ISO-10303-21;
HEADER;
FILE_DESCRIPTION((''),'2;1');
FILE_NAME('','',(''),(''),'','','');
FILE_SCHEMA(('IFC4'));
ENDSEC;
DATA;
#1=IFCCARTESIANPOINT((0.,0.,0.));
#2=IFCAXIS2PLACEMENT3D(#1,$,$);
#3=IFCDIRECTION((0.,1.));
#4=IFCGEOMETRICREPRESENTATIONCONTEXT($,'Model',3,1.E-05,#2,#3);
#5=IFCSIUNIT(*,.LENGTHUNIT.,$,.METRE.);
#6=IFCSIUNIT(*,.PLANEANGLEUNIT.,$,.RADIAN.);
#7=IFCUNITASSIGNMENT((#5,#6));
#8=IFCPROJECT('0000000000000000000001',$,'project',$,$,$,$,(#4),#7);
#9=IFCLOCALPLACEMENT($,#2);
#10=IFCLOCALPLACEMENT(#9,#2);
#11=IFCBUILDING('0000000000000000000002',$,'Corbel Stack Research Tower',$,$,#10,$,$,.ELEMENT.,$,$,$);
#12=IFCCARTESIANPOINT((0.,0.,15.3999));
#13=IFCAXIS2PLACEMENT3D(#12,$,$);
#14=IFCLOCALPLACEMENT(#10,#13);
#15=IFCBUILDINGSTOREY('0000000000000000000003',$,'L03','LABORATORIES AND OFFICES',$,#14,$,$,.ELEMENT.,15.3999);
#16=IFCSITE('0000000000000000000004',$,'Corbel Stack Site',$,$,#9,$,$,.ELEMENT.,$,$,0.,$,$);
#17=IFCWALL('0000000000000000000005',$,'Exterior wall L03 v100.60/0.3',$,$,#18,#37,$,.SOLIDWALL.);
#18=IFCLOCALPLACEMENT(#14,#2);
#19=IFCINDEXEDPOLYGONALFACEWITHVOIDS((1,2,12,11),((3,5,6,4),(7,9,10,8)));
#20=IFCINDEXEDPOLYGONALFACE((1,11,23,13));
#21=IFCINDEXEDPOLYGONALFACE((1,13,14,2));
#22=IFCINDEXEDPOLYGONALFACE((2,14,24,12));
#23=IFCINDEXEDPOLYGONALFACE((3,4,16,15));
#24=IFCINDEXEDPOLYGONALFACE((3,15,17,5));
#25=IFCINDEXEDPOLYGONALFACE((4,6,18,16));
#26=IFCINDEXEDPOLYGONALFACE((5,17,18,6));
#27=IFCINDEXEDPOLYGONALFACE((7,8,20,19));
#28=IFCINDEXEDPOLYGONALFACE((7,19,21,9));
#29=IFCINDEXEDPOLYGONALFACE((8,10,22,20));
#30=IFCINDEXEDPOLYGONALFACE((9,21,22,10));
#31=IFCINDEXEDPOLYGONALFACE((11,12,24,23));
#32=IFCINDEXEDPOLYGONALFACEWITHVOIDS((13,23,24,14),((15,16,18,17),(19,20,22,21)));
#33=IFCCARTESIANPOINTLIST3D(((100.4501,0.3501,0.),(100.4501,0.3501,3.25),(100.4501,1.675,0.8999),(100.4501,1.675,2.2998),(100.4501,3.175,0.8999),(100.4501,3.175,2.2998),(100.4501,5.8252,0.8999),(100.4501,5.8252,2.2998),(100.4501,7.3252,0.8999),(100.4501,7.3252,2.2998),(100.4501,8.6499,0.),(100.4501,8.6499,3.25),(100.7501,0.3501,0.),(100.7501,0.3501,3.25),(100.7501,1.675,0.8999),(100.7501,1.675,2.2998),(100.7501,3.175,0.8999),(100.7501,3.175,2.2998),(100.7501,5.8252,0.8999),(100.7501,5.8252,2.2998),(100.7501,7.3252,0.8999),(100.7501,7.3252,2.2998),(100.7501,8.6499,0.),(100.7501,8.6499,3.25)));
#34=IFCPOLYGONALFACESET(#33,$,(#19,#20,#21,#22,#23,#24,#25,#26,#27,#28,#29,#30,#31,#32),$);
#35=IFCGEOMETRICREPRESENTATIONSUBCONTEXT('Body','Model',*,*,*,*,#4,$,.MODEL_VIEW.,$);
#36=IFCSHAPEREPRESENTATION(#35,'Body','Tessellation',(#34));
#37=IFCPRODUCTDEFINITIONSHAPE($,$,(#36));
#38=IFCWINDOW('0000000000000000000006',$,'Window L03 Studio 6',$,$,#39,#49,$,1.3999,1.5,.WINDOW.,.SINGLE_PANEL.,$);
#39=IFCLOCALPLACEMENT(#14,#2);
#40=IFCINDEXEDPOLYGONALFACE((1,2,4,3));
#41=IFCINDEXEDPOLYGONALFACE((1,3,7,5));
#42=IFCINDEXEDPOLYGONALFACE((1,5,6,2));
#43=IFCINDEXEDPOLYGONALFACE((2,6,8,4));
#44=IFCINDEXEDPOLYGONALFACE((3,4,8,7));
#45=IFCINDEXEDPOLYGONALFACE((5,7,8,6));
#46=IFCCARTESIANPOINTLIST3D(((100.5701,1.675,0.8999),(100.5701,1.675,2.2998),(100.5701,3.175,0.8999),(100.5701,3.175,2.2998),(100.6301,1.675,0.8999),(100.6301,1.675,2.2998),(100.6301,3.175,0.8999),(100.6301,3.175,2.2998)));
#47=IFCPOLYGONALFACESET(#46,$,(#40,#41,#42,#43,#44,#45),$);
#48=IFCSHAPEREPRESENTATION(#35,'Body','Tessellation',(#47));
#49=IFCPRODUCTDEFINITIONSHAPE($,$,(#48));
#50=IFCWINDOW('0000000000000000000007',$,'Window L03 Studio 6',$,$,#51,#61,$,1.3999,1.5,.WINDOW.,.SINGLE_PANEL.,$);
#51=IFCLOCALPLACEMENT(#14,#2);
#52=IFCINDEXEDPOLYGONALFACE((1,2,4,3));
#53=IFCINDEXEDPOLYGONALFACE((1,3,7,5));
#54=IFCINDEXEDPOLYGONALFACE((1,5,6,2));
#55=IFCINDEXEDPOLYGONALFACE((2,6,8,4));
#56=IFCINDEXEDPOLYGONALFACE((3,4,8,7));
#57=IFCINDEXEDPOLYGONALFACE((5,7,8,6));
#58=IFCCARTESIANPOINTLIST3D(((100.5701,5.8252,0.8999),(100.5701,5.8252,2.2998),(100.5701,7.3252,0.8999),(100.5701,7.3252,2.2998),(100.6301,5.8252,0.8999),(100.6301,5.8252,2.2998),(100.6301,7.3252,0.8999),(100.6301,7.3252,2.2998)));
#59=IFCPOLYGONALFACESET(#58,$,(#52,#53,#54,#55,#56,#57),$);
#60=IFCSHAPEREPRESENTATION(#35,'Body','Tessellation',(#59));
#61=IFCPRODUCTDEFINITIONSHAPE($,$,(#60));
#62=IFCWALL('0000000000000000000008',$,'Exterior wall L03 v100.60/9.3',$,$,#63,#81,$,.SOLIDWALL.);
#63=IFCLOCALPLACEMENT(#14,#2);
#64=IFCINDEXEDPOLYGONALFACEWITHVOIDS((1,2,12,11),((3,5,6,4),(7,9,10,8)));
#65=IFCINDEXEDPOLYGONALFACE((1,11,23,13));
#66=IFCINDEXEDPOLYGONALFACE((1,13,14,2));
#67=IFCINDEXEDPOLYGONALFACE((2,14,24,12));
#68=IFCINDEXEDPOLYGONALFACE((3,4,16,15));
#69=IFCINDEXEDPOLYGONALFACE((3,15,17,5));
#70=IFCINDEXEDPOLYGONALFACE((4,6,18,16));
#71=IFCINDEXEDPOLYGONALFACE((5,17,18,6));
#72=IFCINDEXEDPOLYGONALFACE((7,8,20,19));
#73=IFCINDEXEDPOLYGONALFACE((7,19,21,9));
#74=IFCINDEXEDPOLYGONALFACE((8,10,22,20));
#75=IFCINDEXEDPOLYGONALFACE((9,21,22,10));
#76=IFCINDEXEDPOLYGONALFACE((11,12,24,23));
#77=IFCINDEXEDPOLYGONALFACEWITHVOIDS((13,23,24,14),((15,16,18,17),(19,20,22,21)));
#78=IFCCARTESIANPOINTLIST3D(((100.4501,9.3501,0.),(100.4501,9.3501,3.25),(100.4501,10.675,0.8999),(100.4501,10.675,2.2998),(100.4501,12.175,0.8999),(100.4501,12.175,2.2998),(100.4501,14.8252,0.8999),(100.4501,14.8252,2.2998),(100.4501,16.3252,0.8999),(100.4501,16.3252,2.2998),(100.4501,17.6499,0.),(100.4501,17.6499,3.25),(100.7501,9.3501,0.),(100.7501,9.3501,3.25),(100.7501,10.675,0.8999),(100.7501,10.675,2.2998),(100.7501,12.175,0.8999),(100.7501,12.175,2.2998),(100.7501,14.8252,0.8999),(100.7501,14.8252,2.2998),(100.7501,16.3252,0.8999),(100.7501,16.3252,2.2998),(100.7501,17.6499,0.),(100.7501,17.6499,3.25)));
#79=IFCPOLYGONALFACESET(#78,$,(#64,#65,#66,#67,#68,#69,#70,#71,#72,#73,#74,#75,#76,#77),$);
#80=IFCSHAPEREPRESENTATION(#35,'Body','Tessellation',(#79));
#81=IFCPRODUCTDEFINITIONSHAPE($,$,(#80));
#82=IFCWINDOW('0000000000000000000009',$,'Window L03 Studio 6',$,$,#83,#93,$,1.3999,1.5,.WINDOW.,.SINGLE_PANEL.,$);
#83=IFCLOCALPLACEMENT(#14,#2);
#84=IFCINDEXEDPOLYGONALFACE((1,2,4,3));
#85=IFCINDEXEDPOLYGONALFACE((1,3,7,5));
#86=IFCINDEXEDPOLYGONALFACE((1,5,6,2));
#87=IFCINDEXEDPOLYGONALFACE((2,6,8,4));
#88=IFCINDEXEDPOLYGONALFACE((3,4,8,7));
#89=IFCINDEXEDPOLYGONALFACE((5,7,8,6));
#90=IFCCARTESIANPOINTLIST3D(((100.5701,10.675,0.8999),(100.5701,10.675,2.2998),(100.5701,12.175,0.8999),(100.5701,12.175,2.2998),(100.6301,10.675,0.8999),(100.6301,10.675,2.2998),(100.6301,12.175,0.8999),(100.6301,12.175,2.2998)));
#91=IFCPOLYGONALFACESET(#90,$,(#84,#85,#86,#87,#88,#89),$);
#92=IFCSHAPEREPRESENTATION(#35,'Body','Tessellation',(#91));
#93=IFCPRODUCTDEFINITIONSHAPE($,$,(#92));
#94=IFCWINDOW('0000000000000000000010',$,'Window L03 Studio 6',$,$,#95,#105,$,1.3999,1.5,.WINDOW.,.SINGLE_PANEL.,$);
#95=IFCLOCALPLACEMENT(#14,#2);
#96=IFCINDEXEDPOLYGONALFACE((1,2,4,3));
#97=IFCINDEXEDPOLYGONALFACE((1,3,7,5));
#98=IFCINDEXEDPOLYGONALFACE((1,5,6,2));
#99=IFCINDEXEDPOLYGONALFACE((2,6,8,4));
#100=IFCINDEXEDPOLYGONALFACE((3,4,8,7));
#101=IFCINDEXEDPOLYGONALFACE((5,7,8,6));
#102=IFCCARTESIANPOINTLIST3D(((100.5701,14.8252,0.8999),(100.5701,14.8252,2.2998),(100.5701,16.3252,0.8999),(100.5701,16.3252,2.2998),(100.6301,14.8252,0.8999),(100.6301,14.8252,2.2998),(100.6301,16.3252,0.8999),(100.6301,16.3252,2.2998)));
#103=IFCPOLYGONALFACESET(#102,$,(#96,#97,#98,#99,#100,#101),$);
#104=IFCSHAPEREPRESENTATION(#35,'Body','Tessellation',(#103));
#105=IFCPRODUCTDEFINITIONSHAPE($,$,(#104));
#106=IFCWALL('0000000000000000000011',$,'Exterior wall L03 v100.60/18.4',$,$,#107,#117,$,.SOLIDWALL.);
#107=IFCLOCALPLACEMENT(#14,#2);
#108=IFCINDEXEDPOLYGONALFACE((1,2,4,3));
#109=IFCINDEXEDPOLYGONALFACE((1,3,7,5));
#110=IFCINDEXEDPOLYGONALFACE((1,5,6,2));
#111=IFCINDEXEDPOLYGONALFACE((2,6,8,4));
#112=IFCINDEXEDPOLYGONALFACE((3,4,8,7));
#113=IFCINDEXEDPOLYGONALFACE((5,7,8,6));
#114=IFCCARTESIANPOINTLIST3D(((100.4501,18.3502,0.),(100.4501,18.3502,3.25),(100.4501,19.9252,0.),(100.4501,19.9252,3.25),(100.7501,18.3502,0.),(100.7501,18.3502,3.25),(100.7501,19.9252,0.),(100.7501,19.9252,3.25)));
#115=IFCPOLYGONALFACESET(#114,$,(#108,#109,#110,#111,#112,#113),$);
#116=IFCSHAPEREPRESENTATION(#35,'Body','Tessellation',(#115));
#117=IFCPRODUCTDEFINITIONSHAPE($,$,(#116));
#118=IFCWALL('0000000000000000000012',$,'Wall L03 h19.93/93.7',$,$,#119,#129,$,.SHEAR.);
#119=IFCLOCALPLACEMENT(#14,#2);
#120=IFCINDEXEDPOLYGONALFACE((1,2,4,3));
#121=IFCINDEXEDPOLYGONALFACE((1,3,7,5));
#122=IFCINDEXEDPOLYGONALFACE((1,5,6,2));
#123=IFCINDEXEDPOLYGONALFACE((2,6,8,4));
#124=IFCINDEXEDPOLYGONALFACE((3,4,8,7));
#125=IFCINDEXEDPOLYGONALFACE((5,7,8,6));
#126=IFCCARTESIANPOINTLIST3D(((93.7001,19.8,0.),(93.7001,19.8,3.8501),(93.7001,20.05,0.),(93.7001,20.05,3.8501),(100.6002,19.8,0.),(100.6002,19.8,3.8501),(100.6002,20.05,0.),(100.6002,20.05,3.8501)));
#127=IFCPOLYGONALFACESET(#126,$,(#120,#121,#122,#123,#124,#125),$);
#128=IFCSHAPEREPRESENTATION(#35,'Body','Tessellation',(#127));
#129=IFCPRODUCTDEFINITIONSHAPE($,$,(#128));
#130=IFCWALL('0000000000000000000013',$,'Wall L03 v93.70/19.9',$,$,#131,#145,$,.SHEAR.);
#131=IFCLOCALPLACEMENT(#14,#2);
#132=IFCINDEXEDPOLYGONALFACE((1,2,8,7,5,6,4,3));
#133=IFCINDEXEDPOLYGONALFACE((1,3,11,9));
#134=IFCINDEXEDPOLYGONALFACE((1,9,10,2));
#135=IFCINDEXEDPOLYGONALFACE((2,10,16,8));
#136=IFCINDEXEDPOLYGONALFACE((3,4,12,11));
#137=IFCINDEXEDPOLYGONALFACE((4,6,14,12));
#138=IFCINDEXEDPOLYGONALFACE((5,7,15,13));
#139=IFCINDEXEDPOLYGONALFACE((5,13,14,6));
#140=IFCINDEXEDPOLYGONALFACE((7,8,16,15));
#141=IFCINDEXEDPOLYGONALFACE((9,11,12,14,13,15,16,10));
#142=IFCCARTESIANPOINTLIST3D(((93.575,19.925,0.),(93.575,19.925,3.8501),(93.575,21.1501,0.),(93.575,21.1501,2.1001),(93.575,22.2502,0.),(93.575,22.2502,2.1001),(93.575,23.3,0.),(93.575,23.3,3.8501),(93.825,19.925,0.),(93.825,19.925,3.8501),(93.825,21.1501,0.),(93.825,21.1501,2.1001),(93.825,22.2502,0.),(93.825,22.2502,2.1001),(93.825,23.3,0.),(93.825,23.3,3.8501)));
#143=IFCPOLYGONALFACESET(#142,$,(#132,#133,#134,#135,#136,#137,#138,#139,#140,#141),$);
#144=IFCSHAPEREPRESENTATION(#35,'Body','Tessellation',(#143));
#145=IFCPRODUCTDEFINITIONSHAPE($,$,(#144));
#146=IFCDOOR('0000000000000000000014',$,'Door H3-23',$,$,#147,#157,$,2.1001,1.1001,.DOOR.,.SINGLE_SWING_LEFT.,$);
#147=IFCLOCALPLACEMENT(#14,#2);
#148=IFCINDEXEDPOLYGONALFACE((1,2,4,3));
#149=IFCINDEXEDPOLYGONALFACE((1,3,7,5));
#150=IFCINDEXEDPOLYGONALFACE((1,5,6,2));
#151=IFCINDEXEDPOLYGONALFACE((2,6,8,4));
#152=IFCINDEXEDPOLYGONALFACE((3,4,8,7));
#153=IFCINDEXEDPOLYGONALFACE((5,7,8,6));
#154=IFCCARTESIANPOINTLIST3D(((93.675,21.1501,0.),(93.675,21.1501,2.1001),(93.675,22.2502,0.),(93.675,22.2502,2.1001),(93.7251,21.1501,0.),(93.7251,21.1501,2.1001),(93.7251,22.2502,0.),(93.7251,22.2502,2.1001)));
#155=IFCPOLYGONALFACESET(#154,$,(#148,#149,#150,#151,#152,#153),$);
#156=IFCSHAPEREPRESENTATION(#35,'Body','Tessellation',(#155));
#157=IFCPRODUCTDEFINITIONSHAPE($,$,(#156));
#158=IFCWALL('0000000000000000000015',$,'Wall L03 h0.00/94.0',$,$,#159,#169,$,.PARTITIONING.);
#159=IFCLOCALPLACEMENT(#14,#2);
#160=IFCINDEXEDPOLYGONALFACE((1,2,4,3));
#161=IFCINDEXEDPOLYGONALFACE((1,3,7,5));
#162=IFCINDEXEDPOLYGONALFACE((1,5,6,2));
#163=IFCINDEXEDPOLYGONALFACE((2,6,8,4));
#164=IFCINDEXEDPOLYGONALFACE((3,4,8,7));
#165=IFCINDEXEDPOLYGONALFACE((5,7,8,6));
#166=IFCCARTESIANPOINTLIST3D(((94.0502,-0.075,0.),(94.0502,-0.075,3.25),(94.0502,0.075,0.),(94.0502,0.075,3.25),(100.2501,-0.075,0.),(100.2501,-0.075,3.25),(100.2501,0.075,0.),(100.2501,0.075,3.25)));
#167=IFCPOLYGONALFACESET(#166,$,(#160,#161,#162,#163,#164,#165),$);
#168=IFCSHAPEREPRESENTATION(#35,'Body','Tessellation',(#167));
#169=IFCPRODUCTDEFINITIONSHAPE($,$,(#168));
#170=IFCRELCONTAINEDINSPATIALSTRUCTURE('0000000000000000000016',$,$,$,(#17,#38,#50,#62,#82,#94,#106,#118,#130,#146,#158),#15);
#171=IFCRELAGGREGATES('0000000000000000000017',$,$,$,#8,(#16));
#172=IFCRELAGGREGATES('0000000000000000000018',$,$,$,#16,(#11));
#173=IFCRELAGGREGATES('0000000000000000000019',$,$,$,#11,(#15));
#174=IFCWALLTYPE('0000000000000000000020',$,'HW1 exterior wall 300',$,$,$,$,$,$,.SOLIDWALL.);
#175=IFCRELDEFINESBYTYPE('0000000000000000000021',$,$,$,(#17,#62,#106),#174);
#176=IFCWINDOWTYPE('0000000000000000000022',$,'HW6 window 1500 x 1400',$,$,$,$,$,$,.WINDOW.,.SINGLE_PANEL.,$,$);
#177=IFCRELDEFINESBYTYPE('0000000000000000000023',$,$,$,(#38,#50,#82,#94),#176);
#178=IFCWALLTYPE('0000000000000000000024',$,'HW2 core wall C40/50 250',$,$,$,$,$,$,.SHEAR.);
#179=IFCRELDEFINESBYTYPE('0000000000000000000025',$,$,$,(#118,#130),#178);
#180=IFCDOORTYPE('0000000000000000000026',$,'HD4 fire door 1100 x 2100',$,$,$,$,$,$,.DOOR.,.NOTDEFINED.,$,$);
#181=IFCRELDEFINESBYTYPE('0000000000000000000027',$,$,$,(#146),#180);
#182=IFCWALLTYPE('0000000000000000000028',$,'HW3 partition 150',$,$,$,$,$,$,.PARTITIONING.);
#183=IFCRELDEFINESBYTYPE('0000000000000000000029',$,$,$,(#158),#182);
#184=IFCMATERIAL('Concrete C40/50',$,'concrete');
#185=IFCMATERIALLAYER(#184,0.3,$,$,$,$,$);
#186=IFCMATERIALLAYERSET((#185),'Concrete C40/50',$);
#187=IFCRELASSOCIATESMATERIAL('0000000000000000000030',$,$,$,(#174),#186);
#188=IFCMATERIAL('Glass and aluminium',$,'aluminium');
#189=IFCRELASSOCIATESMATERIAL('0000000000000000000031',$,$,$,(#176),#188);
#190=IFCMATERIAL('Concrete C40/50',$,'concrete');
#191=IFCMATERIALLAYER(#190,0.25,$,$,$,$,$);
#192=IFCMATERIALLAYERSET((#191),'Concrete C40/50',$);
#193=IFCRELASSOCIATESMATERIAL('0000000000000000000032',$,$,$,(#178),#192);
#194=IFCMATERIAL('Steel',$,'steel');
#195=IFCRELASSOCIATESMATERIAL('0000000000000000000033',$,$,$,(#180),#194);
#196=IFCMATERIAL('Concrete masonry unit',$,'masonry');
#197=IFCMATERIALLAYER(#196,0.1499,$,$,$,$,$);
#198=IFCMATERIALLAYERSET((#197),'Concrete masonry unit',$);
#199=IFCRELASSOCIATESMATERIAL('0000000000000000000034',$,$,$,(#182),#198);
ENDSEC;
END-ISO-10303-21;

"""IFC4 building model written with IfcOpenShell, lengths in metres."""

from ifc_helpers import new_model, si_unit, direction, frame, frame_2d, origin, place, context, subcontext, project, spatial, rectangle, extrude, material, layer, layer_set, type_object, element, fill, save


model = new_model("IFC4")

# Units and contexts
model_context = context("Model", 3, precision=1e-05, world=origin(), true_north=direction((0.0, 1.0)))
body_context = subcontext(model_context, "Body", "Model", "MODEL_VIEW")
ifc_project = project(units=[si_unit("LENGTHUNIT", "METRE"), si_unit("PLANEANGLEUNIT", "RADIAN")], contexts=[model_context])

# Site, building, storey
site_placement = place(None, origin())
site = spatial("IfcSite", under=ifc_project, at=site_placement, Name="Corbel Stack Site", CompositionType="ELEMENT", RefElevation=0.0)
building_placement = place(site_placement, origin())
building = spatial("IfcBuilding", under=site, at=building_placement, Name="Corbel Stack Research Tower", CompositionType="ELEMENT")
storey_placement = place(building_placement, frame((0.0, 0.0, 15.3999)))
storey = spatial("IfcBuildingStorey", under=building, at=storey_placement, Name="L03", Description="LABORATORIES AND OFFICES", CompositionType="ELEMENT", Elevation=15.3999)

# Walls, openings, windows
ifc_material_1 = material(Name="Concrete C40/50", Category="concrete")
ifc_layer_1 = layer(ifc_material_1, 0.3)
ifc_layer_set_1 = layer_set([ifc_layer_1], Name="Concrete C40/50")
wall_type_1 = type_object("IfcWallType", Name="HW1 exterior wall 300", PredefinedType="SOLIDWALL", material=ifc_layer_set_1)
wall_1_placement = place(storey_placement, frame((100.6001, 0.3501, 0.0), z_axis=(0.0, 0.0, 1.0), x_axis=(0.0, 1.0, 0.0)))
wall_1 = element("IfcWall", 1, at=wall_1_placement, inside=storey, type_object=wall_type_1, Name="Exterior wall L03 v100.60/0.3", PredefinedType="SOLIDWALL", context=body_context, shape_type="SweptSolid", body=[
    extrude(rectangle(XDim=8.2998, YDim=0.3, at=frame_2d((4.1499, 0.0))), origin(), (0.0, 0.0, 1.0), 3.25),
])
opening_1_placement = place(wall_1_placement, frame((1.325, 0.0, 0.8999)))
opening_1 = element("IfcOpeningElement", 2, at=opening_1_placement, cuts=wall_1, PredefinedType="OPENING", context=body_context, shape_type="SweptSolid", body=[
    extrude(rectangle(XDim=1.5, YDim=1.3999, at=frame_2d((0.75, 0.7))), frame((0.0, 0.1599, 0.0), z_axis=(0.0, -1.0, 0.0), x_axis=(1.0, 0.0, 0.0)), (0.0, 0.0, 1.0), 0.3201),
])
opening_2_placement = place(wall_1_placement, frame((5.4751, 0.0, 0.8999)))
opening_2 = element("IfcOpeningElement", 3, at=opening_2_placement, cuts=wall_1, PredefinedType="OPENING", context=body_context, shape_type="SweptSolid", body=[
    extrude(rectangle(XDim=1.5, YDim=1.3999, at=frame_2d((0.75, 0.7))), frame((0.0, 0.1599, 0.0), z_axis=(0.0, -1.0, 0.0), x_axis=(1.0, 0.0, 0.0)), (0.0, 0.0, 1.0), 0.3201),
])
ifc_material_2 = material(Name="Glass and aluminium", Category="aluminium")
window_type = type_object("IfcWindowType", Name="HW6 window 1500 x 1400", PartitioningType="SINGLE_PANEL", PredefinedType="WINDOW", material=ifc_material_2)
window_1_placement = place(opening_1_placement, origin())
window_1 = element("IfcWindow", 4, at=window_1_placement, inside=storey, type_object=window_type, Name="Window L03 Studio 6", OverallHeight=1.3999, OverallWidth=1.5, PartitioningType="SINGLE_PANEL", PredefinedType="WINDOW", context=body_context, shape_type="SweptSolid", body=[
    extrude(rectangle(XDim=1.5, YDim=1.3999, at=frame_2d((0.75, 0.7))), frame((0.0, 0.03, 0.0), z_axis=(0.0, -1.0, 0.0), x_axis=(1.0, 0.0, 0.0)), (0.0, 0.0, 1.0), 0.0601),
])
fill(opening_1, window_1)
window_2_placement = place(opening_2_placement, origin())
window_2 = element("IfcWindow", 5, at=window_2_placement, inside=storey, type_object=window_type, Name="Window L03 Studio 6", OverallHeight=1.3999, OverallWidth=1.5, PartitioningType="SINGLE_PANEL", PredefinedType="WINDOW", context=body_context, shape_type="SweptSolid", body=[
    extrude(rectangle(XDim=1.5, YDim=1.3999, at=frame_2d((0.75, 0.7))), frame((0.0, 0.03, 0.0), z_axis=(0.0, -1.0, 0.0), x_axis=(1.0, 0.0, 0.0)), (0.0, 0.0, 1.0), 0.0601),
])
fill(opening_2, window_2)
wall_2_placement = place(storey_placement, frame((100.6001, 9.3501, 0.0), z_axis=(0.0, 0.0, 1.0), x_axis=(0.0, 1.0, 0.0)))
wall_2 = element("IfcWall", 6, at=wall_2_placement, inside=storey, type_object=wall_type_1, Name="Exterior wall L03 v100.60/9.3", PredefinedType="SOLIDWALL", context=body_context, shape_type="SweptSolid", body=[
    extrude(rectangle(XDim=8.2998, YDim=0.3, at=frame_2d((4.1499, 0.0))), origin(), (0.0, 0.0, 1.0), 3.25),
])
opening_3_placement = place(wall_2_placement, frame((1.325, 0.0, 0.8999)))
opening_3 = element("IfcOpeningElement", 7, at=opening_3_placement, cuts=wall_2, PredefinedType="OPENING", context=body_context, shape_type="SweptSolid", body=[
    extrude(rectangle(XDim=1.5, YDim=1.3999, at=frame_2d((0.75, 0.7))), frame((0.0, 0.1599, 0.0), z_axis=(0.0, -1.0, 0.0), x_axis=(1.0, 0.0, 0.0)), (0.0, 0.0, 1.0), 0.3201),
])
opening_4_placement = place(wall_2_placement, frame((5.4751, 0.0, 0.8999)))
opening_4 = element("IfcOpeningElement", 8, at=opening_4_placement, cuts=wall_2, PredefinedType="OPENING", context=body_context, shape_type="SweptSolid", body=[
    extrude(rectangle(XDim=1.5, YDim=1.3999, at=frame_2d((0.75, 0.7))), frame((0.0, 0.1599, 0.0), z_axis=(0.0, -1.0, 0.0), x_axis=(1.0, 0.0, 0.0)), (0.0, 0.0, 1.0), 0.3201),
])
window_3_placement = place(opening_3_placement, origin())
window_3 = element("IfcWindow", 9, at=window_3_placement, inside=storey, type_object=window_type, Name="Window L03 Studio 6", OverallHeight=1.3999, OverallWidth=1.5, PartitioningType="SINGLE_PANEL", PredefinedType="WINDOW", context=body_context, shape_type="SweptSolid", body=[
    extrude(rectangle(XDim=1.5, YDim=1.3999, at=frame_2d((0.75, 0.7))), frame((0.0, 0.03, 0.0), z_axis=(0.0, -1.0, 0.0), x_axis=(1.0, 0.0, 0.0)), (0.0, 0.0, 1.0), 0.0601),
])
fill(opening_3, window_3)
window_4_placement = place(opening_4_placement, origin())
window_4 = element("IfcWindow", 10, at=window_4_placement, inside=storey, type_object=window_type, Name="Window L03 Studio 6", OverallHeight=1.3999, OverallWidth=1.5, PartitioningType="SINGLE_PANEL", PredefinedType="WINDOW", context=body_context, shape_type="SweptSolid", body=[
    extrude(rectangle(XDim=1.5, YDim=1.3999, at=frame_2d((0.75, 0.7))), frame((0.0, 0.03, 0.0), z_axis=(0.0, -1.0, 0.0), x_axis=(1.0, 0.0, 0.0)), (0.0, 0.0, 1.0), 0.0601),
])
fill(opening_4, window_4)

# Walls
wall_3_placement = place(storey_placement, frame((100.6001, 18.3501, 0.0), z_axis=(0.0, 0.0, 1.0), x_axis=(0.0, 1.0, 0.0)))
element("IfcWall", 11, at=wall_3_placement, inside=storey, type_object=wall_type_1, Name="Exterior wall L03 v100.60/18.4", PredefinedType="SOLIDWALL", context=body_context, shape_type="SweptSolid", body=[
    extrude(rectangle(XDim=1.575, YDim=0.3, at=frame_2d((0.7876, 0.0))), origin(), (0.0, 0.0, 1.0), 3.25),
])
ifc_material_3 = material(Name="Concrete C40/50", Category="concrete")
ifc_layer_2 = layer(ifc_material_3, 0.25)
ifc_layer_set_2 = layer_set([ifc_layer_2], Name="Concrete C40/50")
wall_type_2 = type_object("IfcWallType", Name="HW2 core wall C40/50 250", PredefinedType="SHEAR", material=ifc_layer_set_2)
wall_4_placement = place(storey_placement, frame((93.7, 19.925, 0.0), z_axis=(0.0, 0.0, 1.0), x_axis=(1.0, 0.0, 0.0)))
element("IfcWall", 12, at=wall_4_placement, inside=storey, type_object=wall_type_2, Name="Wall L03 h19.93/93.7", PredefinedType="SHEAR", context=body_context, shape_type="SweptSolid", body=[
    extrude(rectangle(XDim=6.9001, YDim=0.25, at=frame_2d((3.4502, 0.0))), origin(), (0.0, 0.0, 1.0), 3.8501),
])

# Wall, opening, door
wall_5_placement = place(storey_placement, frame((93.7, 19.925, 0.0), z_axis=(0.0, 0.0, 1.0), x_axis=(0.0, 1.0, 0.0)))
wall_5 = element("IfcWall", 13, at=wall_5_placement, inside=storey, type_object=wall_type_2, Name="Wall L03 v93.70/19.9", PredefinedType="SHEAR", context=body_context, shape_type="SweptSolid", body=[
    extrude(rectangle(XDim=3.375, YDim=0.25, at=frame_2d((1.6875, 0.0))), origin(), (0.0, 0.0, 1.0), 3.8501),
])
opening_5_placement = place(wall_5_placement, frame((1.2251, 0.0, 0.0)))
opening_5 = element("IfcOpeningElement", 14, at=opening_5_placement, cuts=wall_5, PredefinedType="OPENING", context=body_context, shape_type="SweptSolid", body=[
    extrude(rectangle(XDim=1.1001, YDim=2.1001, at=frame_2d((0.55, 1.05))), frame((0.0, 0.135, 0.0), z_axis=(0.0, -1.0, 0.0), x_axis=(1.0, 0.0, 0.0)), (0.0, 0.0, 1.0), 0.27),
])
ifc_material_4 = material(Name="Steel", Category="steel")
door_type_1 = type_object("IfcDoorType", Name="HD4 fire door 1100 x 2100", OperationType="NOTDEFINED", PredefinedType="DOOR", material=ifc_material_4)
door_1_placement = place(opening_5_placement, origin())
door_1 = element("IfcDoor", 15, at=door_1_placement, inside=storey, type_object=door_type_1, Name="Door H3-23", OperationType="SINGLE_SWING_LEFT", OverallHeight=2.1001, OverallWidth=1.1001, PredefinedType="DOOR", context=body_context, shape_type="SweptSolid", body=[
    extrude(rectangle(XDim=1.1001, YDim=2.1001, at=frame_2d((0.55, 1.05))), frame((0.0, 0.0249, 0.0), z_axis=(0.0, -1.0, 0.0), x_axis=(1.0, 0.0, 0.0)), (0.0, 0.0, 1.0), 0.05),
])
fill(opening_5, door_1)

# Wall
ifc_material_5 = material(Name="Concrete masonry unit", Category="masonry")
ifc_layer_3 = layer(ifc_material_5, 0.1499)
ifc_layer_set_3 = layer_set([ifc_layer_3], Name="Concrete masonry unit")
wall_type_3 = type_object("IfcWallType", Name="HW3 partition 150", PredefinedType="PARTITIONING", material=ifc_layer_set_3)
for number, where, z_axis, x_axis, name in (
    (16, (94.05, 0.0, 0.0), (0.0, 0.0, 1.0), (1.0, 0.0, 0.0), "Wall L03 h0.00/94.0"),
):
    element("IfcWall", number, at=place(storey_placement, frame(where, z_axis=z_axis, x_axis=x_axis)), inside=storey, type_object=wall_type_3, Name=name, PredefinedType="PARTITIONING", context=body_context, shape_type="SweptSolid", body=[
        extrude(rectangle(XDim=6.2, YDim=0.1499, at=frame_2d((3.1001, 0.0))), origin(), (0.0, 0.0, 1.0), 3.25),
    ])

save(model, "model.ifc")
